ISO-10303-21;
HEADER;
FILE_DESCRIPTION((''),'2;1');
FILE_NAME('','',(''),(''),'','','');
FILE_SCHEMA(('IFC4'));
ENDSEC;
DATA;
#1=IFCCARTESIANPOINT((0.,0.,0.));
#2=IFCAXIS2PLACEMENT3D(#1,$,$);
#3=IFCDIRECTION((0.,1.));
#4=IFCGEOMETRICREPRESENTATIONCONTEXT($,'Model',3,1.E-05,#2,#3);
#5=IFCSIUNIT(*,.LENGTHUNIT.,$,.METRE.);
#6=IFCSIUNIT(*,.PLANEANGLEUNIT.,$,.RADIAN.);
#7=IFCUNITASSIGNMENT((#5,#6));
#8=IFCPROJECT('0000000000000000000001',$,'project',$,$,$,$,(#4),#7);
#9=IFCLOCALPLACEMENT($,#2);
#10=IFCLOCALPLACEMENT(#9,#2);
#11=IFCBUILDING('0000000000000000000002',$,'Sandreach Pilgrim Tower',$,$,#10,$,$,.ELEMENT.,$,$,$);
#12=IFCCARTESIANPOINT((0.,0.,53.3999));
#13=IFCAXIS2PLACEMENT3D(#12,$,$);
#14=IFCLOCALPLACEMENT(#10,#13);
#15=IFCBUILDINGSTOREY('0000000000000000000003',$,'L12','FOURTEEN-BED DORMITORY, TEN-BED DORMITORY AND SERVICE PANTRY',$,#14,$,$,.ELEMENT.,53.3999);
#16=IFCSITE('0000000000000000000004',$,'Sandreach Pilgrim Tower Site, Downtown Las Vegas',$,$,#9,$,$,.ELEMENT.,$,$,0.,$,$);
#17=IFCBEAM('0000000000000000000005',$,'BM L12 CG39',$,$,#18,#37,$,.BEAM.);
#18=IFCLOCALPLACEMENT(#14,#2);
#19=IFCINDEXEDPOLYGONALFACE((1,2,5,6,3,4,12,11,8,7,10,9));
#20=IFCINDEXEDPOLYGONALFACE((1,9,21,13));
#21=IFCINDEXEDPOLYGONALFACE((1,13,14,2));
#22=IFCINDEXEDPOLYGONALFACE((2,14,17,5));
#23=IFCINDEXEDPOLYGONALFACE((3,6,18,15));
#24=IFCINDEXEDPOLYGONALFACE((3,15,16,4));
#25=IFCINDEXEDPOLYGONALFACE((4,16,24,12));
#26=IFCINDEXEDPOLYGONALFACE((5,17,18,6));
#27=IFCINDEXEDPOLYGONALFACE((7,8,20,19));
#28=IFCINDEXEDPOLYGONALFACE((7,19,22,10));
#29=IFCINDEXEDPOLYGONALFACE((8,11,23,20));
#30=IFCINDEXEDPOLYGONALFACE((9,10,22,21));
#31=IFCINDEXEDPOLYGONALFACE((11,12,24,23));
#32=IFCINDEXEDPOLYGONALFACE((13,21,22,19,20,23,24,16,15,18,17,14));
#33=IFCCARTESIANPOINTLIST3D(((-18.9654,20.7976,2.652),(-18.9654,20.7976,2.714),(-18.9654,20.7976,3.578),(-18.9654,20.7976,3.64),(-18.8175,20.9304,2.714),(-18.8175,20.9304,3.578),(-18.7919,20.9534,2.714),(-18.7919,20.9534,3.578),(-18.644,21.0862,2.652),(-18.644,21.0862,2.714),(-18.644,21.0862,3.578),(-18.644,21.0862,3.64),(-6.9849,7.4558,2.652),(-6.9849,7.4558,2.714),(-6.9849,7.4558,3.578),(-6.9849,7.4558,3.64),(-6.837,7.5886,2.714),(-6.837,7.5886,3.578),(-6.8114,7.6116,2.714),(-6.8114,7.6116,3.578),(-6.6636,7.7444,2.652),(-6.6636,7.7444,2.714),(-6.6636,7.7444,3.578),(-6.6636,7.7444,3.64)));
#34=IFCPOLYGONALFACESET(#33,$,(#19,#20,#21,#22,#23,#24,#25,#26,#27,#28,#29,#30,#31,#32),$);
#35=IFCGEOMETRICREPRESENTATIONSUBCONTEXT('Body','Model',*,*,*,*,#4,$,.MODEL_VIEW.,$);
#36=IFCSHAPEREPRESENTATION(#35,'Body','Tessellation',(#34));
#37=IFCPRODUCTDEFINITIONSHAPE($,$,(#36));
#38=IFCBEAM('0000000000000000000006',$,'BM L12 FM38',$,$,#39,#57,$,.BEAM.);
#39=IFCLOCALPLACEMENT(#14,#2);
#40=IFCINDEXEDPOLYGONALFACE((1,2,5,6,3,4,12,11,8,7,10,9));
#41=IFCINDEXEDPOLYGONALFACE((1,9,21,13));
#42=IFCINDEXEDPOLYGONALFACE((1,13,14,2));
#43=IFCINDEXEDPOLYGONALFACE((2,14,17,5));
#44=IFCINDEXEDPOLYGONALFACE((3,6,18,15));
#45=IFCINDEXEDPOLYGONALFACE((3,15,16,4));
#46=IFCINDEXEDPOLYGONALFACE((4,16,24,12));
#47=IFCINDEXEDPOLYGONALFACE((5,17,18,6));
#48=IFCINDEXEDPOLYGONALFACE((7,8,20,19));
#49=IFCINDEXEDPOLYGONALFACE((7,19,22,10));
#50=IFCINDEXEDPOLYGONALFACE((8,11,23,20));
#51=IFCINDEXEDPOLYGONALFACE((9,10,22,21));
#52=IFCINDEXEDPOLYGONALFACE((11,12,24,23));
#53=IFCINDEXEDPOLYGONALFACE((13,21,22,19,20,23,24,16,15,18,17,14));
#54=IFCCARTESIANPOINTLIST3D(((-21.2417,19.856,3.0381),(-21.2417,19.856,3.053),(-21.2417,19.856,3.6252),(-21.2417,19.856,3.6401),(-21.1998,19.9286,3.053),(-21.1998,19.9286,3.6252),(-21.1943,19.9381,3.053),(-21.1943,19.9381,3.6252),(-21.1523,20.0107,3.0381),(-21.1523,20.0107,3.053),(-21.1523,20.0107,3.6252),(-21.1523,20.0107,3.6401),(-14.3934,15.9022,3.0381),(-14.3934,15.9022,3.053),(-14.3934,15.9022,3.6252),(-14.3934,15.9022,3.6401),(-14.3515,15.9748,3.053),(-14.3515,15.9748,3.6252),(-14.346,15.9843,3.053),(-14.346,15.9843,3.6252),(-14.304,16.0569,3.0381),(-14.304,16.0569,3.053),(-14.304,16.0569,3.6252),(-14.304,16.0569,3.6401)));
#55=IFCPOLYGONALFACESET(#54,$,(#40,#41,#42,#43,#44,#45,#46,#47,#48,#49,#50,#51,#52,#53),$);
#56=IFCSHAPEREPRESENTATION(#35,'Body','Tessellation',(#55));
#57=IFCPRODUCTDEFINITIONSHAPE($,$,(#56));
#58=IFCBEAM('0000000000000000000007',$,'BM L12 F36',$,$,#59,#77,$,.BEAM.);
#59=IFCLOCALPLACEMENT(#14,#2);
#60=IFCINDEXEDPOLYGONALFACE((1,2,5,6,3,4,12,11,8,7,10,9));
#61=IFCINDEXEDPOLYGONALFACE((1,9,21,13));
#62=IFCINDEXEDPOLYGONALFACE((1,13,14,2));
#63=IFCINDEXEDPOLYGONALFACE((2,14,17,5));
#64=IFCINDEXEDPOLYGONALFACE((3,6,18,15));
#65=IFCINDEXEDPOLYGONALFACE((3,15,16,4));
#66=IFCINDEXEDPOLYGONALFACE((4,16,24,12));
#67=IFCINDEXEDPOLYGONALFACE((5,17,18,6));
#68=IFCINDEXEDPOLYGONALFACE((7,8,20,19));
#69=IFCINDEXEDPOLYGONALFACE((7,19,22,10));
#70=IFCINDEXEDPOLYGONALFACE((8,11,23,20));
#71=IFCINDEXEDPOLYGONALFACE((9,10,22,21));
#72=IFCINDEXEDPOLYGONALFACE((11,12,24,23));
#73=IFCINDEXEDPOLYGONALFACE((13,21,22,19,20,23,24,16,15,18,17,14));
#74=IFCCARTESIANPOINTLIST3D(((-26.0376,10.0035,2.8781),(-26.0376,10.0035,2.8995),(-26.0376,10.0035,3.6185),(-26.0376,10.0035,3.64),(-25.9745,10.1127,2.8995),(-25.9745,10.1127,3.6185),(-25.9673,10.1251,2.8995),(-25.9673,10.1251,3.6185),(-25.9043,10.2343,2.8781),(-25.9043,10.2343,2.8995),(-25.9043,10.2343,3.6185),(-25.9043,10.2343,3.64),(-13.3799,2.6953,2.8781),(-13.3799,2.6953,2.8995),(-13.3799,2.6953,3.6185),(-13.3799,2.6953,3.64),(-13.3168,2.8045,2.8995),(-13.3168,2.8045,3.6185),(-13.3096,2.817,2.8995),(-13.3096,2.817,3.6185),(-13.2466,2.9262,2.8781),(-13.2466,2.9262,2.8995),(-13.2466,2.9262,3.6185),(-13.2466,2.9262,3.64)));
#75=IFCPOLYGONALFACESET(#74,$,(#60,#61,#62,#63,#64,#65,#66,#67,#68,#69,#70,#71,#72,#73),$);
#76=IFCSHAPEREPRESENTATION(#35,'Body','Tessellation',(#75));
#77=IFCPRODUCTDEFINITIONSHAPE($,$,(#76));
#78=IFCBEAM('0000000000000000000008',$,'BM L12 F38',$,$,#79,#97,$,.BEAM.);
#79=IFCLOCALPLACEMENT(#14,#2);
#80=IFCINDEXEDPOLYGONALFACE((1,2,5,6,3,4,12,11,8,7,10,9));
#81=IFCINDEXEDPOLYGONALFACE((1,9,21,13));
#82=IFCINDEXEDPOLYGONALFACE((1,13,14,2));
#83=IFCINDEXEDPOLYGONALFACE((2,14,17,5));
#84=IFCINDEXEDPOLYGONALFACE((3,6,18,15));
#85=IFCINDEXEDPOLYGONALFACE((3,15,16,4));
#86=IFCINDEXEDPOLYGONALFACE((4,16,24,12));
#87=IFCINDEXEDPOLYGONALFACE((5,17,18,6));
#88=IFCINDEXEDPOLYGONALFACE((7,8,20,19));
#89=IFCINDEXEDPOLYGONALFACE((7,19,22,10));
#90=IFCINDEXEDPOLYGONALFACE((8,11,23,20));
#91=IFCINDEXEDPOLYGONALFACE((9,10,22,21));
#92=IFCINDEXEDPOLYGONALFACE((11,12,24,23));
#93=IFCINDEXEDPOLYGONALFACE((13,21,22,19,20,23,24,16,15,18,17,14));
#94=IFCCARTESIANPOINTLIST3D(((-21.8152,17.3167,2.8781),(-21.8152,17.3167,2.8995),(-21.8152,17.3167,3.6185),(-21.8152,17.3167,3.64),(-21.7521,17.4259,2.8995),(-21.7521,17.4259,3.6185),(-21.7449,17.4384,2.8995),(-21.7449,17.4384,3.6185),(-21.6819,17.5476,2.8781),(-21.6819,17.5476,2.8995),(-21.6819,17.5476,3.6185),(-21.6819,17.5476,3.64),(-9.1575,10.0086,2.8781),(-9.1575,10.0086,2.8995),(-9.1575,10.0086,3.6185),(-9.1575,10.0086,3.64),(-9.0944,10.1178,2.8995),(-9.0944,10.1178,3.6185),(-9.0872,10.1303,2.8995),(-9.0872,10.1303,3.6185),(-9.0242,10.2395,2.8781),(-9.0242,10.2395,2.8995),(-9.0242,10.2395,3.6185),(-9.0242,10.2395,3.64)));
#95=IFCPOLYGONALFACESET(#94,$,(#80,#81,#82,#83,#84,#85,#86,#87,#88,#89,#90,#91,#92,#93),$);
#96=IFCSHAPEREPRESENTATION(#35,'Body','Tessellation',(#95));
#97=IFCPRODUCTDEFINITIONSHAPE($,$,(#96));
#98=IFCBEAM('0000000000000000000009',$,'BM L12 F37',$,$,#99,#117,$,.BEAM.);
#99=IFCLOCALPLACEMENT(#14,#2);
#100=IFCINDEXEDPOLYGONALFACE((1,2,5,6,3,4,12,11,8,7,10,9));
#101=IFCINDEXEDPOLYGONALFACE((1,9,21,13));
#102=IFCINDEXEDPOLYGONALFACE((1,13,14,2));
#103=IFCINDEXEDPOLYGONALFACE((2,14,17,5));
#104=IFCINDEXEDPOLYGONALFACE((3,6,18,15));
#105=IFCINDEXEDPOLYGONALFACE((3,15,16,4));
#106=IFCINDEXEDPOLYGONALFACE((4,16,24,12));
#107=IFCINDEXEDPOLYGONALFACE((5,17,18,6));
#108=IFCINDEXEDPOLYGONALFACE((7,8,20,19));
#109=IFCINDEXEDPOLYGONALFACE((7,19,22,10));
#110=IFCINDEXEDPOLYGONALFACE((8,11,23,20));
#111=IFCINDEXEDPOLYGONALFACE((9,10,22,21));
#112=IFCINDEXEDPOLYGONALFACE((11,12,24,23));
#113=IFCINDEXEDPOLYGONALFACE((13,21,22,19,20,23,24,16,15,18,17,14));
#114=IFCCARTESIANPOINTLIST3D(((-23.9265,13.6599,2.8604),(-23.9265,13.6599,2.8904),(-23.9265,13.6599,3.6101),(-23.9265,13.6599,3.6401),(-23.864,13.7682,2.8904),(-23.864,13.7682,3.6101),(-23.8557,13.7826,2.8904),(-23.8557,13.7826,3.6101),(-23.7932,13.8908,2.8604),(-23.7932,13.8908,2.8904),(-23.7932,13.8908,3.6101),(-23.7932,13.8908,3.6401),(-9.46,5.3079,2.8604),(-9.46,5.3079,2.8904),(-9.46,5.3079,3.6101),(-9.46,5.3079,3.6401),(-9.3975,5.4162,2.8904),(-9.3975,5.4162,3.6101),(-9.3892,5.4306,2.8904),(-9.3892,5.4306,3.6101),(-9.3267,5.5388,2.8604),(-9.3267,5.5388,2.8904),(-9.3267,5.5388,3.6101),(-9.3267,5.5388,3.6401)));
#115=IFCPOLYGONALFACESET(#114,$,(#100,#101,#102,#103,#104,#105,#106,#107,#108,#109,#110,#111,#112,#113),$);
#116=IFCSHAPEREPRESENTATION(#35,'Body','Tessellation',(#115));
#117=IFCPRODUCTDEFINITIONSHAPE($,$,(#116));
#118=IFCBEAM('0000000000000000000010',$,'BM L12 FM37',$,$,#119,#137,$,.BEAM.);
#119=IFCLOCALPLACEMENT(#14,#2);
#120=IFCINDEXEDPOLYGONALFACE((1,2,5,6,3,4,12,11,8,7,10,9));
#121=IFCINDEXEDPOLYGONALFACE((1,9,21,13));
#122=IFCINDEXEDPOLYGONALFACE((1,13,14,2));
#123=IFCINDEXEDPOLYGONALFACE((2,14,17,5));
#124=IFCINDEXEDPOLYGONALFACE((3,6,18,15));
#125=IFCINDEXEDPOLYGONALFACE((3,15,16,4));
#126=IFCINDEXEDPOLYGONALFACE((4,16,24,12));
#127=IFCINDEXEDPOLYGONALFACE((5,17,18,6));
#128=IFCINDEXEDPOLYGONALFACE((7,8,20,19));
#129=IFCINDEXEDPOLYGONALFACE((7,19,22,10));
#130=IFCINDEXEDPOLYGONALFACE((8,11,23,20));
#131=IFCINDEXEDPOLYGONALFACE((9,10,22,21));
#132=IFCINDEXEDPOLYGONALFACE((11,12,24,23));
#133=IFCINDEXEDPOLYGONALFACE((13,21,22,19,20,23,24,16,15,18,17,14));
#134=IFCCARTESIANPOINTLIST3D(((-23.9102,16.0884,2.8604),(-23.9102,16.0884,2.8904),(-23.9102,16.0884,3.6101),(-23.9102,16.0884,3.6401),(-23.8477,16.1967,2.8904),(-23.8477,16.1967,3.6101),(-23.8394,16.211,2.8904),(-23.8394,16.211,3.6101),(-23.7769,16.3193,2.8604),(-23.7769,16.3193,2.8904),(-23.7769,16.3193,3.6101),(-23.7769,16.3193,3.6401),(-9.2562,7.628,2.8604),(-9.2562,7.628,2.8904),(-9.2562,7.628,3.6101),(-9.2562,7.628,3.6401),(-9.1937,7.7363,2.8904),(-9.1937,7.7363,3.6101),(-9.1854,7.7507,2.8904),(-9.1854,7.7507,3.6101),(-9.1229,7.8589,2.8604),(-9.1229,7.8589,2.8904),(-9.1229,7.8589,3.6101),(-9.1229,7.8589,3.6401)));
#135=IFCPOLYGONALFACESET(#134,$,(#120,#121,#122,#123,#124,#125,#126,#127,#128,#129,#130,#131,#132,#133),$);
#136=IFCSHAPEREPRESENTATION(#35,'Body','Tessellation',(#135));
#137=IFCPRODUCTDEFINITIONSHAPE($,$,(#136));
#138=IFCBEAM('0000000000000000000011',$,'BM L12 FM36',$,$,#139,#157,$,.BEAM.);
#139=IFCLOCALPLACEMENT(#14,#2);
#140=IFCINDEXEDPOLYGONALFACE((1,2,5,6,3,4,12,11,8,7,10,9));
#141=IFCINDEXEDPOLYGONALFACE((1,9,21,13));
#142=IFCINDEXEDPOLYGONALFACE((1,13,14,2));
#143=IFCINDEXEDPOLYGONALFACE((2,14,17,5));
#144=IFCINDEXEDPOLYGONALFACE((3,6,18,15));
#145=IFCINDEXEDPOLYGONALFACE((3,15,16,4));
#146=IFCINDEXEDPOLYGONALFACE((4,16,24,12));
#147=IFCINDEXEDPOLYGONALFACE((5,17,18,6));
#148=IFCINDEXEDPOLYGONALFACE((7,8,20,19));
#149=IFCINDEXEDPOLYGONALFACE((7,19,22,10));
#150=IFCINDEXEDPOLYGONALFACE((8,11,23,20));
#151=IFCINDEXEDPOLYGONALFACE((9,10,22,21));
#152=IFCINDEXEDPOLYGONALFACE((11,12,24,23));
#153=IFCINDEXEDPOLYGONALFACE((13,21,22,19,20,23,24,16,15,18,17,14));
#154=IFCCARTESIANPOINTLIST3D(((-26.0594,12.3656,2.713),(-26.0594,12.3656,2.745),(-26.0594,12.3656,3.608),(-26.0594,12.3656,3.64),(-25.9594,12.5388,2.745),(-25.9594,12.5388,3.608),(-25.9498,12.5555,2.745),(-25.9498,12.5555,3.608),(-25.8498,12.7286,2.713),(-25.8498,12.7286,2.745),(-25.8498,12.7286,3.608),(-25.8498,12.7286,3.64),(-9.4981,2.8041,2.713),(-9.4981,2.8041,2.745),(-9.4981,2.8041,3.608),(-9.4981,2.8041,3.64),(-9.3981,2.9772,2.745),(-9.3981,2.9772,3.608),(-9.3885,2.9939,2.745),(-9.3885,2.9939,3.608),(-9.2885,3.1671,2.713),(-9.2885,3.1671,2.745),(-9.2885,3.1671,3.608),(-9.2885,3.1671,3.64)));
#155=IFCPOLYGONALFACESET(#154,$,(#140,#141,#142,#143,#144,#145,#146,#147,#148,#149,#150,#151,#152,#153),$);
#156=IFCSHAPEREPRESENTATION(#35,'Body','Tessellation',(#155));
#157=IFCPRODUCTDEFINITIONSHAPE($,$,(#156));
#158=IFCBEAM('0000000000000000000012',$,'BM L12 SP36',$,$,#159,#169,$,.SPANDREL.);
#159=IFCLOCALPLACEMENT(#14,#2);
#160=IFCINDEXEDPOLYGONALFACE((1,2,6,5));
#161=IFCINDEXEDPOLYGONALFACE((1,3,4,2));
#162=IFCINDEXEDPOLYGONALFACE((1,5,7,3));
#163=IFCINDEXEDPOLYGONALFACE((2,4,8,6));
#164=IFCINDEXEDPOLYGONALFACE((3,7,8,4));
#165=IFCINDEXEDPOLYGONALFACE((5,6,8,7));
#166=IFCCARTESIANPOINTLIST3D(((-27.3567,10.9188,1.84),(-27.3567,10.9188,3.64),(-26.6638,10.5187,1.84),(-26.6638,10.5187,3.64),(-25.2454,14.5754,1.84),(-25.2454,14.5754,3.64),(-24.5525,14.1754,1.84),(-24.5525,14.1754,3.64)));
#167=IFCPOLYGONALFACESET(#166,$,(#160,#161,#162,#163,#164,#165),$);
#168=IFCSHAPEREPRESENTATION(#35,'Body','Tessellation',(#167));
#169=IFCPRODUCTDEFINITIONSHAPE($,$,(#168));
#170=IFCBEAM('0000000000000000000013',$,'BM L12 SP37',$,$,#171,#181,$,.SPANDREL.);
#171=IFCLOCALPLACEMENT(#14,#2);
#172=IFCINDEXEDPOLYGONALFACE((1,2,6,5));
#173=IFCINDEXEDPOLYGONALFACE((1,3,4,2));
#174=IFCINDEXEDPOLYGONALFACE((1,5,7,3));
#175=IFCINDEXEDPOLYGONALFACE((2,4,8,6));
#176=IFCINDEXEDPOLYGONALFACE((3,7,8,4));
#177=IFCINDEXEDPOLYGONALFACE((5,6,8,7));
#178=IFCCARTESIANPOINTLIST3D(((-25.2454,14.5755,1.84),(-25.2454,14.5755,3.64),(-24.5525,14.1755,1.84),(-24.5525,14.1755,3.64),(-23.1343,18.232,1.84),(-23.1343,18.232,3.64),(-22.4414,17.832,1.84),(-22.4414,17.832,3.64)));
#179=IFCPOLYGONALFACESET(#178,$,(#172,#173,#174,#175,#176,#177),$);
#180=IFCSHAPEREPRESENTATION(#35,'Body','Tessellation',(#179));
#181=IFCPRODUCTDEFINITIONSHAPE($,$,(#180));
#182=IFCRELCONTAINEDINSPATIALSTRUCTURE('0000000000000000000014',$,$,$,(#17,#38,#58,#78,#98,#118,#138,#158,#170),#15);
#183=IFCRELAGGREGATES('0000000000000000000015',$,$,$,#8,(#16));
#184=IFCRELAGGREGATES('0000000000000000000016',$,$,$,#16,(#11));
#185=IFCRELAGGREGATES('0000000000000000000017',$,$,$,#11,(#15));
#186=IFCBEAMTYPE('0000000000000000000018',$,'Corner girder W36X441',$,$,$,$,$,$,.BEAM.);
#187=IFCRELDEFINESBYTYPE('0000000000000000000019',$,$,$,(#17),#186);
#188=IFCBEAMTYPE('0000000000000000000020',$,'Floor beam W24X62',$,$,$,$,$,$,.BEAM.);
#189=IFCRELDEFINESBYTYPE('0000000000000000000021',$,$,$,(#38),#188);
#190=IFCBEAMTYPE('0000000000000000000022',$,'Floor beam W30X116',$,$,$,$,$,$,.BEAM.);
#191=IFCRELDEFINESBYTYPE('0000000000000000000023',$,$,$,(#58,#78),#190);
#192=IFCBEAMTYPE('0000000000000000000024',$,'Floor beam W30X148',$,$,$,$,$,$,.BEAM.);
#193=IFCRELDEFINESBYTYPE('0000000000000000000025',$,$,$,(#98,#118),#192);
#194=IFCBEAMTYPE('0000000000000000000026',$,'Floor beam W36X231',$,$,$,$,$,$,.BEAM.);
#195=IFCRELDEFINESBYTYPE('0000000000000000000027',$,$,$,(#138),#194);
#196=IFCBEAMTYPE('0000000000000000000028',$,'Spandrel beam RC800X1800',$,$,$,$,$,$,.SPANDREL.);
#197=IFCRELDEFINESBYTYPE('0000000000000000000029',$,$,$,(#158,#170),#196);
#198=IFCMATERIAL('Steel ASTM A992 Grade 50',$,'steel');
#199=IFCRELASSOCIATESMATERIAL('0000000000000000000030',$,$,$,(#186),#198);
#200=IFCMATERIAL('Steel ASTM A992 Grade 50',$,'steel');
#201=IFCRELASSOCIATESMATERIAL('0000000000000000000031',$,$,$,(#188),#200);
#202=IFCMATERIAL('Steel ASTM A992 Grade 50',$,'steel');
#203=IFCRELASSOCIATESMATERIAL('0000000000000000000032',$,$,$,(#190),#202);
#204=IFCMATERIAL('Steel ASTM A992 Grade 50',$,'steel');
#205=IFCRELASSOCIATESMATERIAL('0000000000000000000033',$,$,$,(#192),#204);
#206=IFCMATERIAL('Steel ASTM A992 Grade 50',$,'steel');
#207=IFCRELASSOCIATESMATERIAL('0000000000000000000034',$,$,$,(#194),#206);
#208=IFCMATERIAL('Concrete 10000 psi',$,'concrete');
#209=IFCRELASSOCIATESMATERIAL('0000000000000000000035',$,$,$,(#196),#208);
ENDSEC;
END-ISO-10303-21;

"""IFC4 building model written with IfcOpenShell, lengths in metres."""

from ifc_helpers import new_model, si_unit, direction, frame, origin, origin_2d, place, context, subcontext, project, spatial, rectangle, i_section, extrude, material, material_profile, profile_set, type_object, element, save


model = new_model("IFC4")

# Units and contexts
model_context = context("Model", 3, precision=1e-05, world=origin(), true_north=direction((0.0, 1.0)))
body_context = subcontext(model_context, "Body", "Model", "MODEL_VIEW")
ifc_project = project(units=[si_unit("LENGTHUNIT", "METRE"), si_unit("PLANEANGLEUNIT", "RADIAN")], contexts=[model_context])

# Site, building, storey
site_placement = place(None, origin())
site = spatial("IfcSite", under=ifc_project, at=site_placement, Name="Sandreach Pilgrim Tower Site, Downtown Las Vegas", CompositionType="ELEMENT", RefElevation=0.0)
building_placement = place(site_placement, origin())
building = spatial("IfcBuilding", under=site, at=building_placement, Name="Sandreach Pilgrim Tower", CompositionType="ELEMENT")
storey_placement = place(building_placement, frame((0.0, 0.0, 53.3999)))
storey = spatial("IfcBuildingStorey", under=building, at=storey_placement, Name="L12", Description="FOURTEEN-BED DORMITORY, TEN-BED DORMITORY AND SERVICE PANTRY", CompositionType="ELEMENT", Elevation=53.3999)

# Beams
ifc_material_1 = material(Name="Steel ASTM A992 Grade 50", Category="steel")
ifc_material_profile_1 = material_profile(ifc_material_1, i_section(OverallWidth=0.4319, OverallDepth=0.988, WebThickness=0.0344, FlangeThickness=0.062, at=origin_2d()), Name="W36X441")
ifc_profile_set_1 = profile_set([ifc_material_profile_1], Name="Steel ASTM A992 Grade 50")
beam_type_1 = type_object("IfcBeamType", Name="Corner girder W36X441", PredefinedType="BEAM", material=ifc_profile_set_1)
beam_1_placement = place(storey_placement, frame((-18.8047, 20.9419, 3.146), z_axis=(0.668128, -0.744047, 0.0), x_axis=(0.744047, 0.668128, 0.0)))
element("IfcBeam", 1, at=beam_1_placement, inside=storey, type_object=beam_type_1, Name="BM L12 CG39", PredefinedType="BEAM", context=body_context, shape_type="SweptSolid", body=[
    extrude(i_section(OverallWidth=0.4319, OverallDepth=0.988, WebThickness=0.0344, FlangeThickness=0.062, at=origin_2d()), origin(), (0.0, 0.0, 1.0), 17.9314),
])
ifc_material_2 = material(Name="Steel ASTM A992 Grade 50", Category="steel")
ifc_material_profile_2 = material_profile(ifc_material_2, i_section(OverallWidth=0.1787, OverallDepth=0.6021, WebThickness=0.011, FlangeThickness=0.0149, at=origin_2d()), Name="W24X62")
ifc_profile_set_2 = profile_set([ifc_material_profile_2], Name="Steel ASTM A992 Grade 50")
beam_type_2 = type_object("IfcBeamType", Name="Floor beam W24X62", PredefinedType="BEAM", material=ifc_profile_set_2)
beam_2_placement = place(storey_placement, frame((-21.197, 19.9333, 3.3391), z_axis=(0.866029, -0.499994, 0.0), x_axis=(0.499994, 0.866029, 0.0)))
element("IfcBeam", 2, at=beam_2_placement, inside=storey, type_object=beam_type_2, Name="BM L12 FM38", PredefinedType="BEAM", context=body_context, shape_type="SweptSolid", body=[
    extrude(i_section(OverallWidth=0.1787, OverallDepth=0.6021, WebThickness=0.011, FlangeThickness=0.0149, at=origin_2d()), origin(), (0.0, 0.0, 1.0), 7.9077),
])
ifc_material_3 = material(Name="Steel ASTM A992 Grade 50", Category="steel")
ifc_material_profile_3 = material_profile(ifc_material_3, i_section(OverallWidth=0.2666, OverallDepth=0.762, WebThickness=0.0144, FlangeThickness=0.0215, at=origin_2d()), Name="W30X116")
ifc_profile_set_3 = profile_set([ifc_material_profile_3], Name="Steel ASTM A992 Grade 50")
beam_type_3 = type_object("IfcBeamType", Name="Floor beam W30X116", PredefinedType="BEAM", material=ifc_profile_set_3)
for number, where, z_axis, x_axis, name in (
    (3, (-25.9709, 10.1189, 3.259), (0.86602, -0.500009, 0.0), (0.500009, 0.86602, 0.0), "BM L12 F36"),
    (4, (-21.7485, 17.4321, 3.259), (0.86602, -0.500009, 0.0), (0.500009, 0.86602, 0.0), "BM L12 F38"),
):
    element("IfcBeam", number, at=place(storey_placement, frame(where, z_axis=z_axis, x_axis=x_axis)), inside=storey, type_object=beam_type_3, Name=name, PredefinedType="BEAM", context=body_context, shape_type="SweptSolid", body=[
        extrude(i_section(OverallWidth=0.2666, OverallDepth=0.762, WebThickness=0.0144, FlangeThickness=0.0215, at=origin_2d()), origin(), (0.0, 0.0, 1.0), 14.616),
    ])
ifc_material_4 = material(Name="Steel ASTM A992 Grade 50", Category="steel")
ifc_material_profile_4 = material_profile(ifc_material_4, i_section(OverallWidth=0.2666, OverallDepth=0.7798, WebThickness=0.0166, FlangeThickness=0.03, at=origin_2d()), Name="W30X148")
ifc_profile_set_4 = profile_set([ifc_material_profile_4], Name="Steel ASTM A992 Grade 50")
beam_type_4 = type_object("IfcBeamType", Name="Floor beam W30X148", PredefinedType="BEAM", material=ifc_profile_set_4)
beam_3_placement = place(storey_placement, frame((-23.8599, 13.7754, 3.2502), z_axis=(0.866031, -0.49999, 0.0), x_axis=(0.49999, 0.866031, 0.0)))
element("IfcBeam", 5, at=beam_3_placement, inside=storey, type_object=beam_type_4, Name="BM L12 F37", PredefinedType="BEAM", context=body_context, shape_type="SweptSolid", body=[
    extrude(i_section(OverallWidth=0.2666, OverallDepth=0.7798, WebThickness=0.0166, FlangeThickness=0.03, at=origin_2d()), origin(), (0.0, 0.0, 1.0), 16.7043),
])
beam_4_placement = place(storey_placement, frame((-23.8435, 16.2039, 3.2502), z_axis=(0.866027, -0.499997, 0.0), x_axis=(0.499997, 0.866027, 0.0)))
element("IfcBeam", 6, at=beam_4_placement, inside=storey, type_object=beam_type_4, Name="BM L12 FM37", PredefinedType="BEAM", context=body_context, shape_type="SweptSolid", body=[
    extrude(i_section(OverallWidth=0.2666, OverallDepth=0.7798, WebThickness=0.0166, FlangeThickness=0.03, at=origin_2d()), origin(), (0.0, 0.0, 1.0), 16.9209),
])
ifc_material_5 = material(Name="Steel ASTM A992 Grade 50", Category="steel")
ifc_material_profile_5 = material_profile(ifc_material_5, i_section(OverallWidth=0.4192, OverallDepth=0.927, WebThickness=0.0193, FlangeThickness=0.032, at=origin_2d()), Name="W36X231")
ifc_profile_set_5 = profile_set([ifc_material_profile_5], Name="Steel ASTM A992 Grade 50")
beam_type_5 = type_object("IfcBeamType", Name="Floor beam W36X231", PredefinedType="BEAM", material=ifc_profile_set_5)
beam_5_placement = place(storey_placement, frame((-25.9546, 12.5471, 3.1765), z_axis=(0.866028, -0.499995, 0.0), x_axis=(0.499995, 0.866028, 0.0)))
element("IfcBeam", 7, at=beam_5_placement, inside=storey, type_object=beam_type_5, Name="BM L12 FM36", PredefinedType="BEAM", context=body_context, shape_type="SweptSolid", body=[
    extrude(i_section(OverallWidth=0.4192, OverallDepth=0.927, WebThickness=0.0193, FlangeThickness=0.032, at=origin_2d()), origin(), (0.0, 0.0, 1.0), 19.1233),
])
ifc_material_6 = material(Name="Concrete 10000 psi", Category="concrete")
ifc_material_profile_6 = material_profile(ifc_material_6, rectangle(XDim=0.8, YDim=1.8, at=origin_2d()), Name="RC800X1800")
ifc_profile_set_6 = profile_set([ifc_material_profile_6], Name="Concrete 10000 psi")
beam_type_6 = type_object("IfcBeamType", Name="Spandrel beam RC800X1800", PredefinedType="SPANDREL", material=ifc_profile_set_6)
beam_6_placement = place(storey_placement, frame((-27.0103, 10.7188, 2.74), z_axis=(0.500019, 0.866014, 0.0), x_axis=(-0.866014, 0.500019, 0.0)))
element("IfcBeam", 8, at=beam_6_placement, inside=storey, type_object=beam_type_6, Name="BM L12 SP36", PredefinedType="SPANDREL", context=body_context, shape_type="SweptSolid", body=[
    extrude(rectangle(XDim=0.8, YDim=1.8, at=origin_2d()), origin(), (0.0, 0.0, 1.0), 4.2224),
])
beam_7_placement = place(storey_placement, frame((-24.8989, 14.3755, 2.74), z_axis=(0.500001, 0.866025, 0.0), x_axis=(-0.866025, 0.500001, 0.0)))
element("IfcBeam", 9, at=beam_7_placement, inside=storey, type_object=beam_type_6, Name="BM L12 SP37", PredefinedType="SPANDREL", context=body_context, shape_type="SweptSolid", body=[
    extrude(rectangle(XDim=0.8, YDim=1.8, at=origin_2d()), origin(), (0.0, 0.0, 1.0), 4.2222),
])

save(model, "model.ifc")
